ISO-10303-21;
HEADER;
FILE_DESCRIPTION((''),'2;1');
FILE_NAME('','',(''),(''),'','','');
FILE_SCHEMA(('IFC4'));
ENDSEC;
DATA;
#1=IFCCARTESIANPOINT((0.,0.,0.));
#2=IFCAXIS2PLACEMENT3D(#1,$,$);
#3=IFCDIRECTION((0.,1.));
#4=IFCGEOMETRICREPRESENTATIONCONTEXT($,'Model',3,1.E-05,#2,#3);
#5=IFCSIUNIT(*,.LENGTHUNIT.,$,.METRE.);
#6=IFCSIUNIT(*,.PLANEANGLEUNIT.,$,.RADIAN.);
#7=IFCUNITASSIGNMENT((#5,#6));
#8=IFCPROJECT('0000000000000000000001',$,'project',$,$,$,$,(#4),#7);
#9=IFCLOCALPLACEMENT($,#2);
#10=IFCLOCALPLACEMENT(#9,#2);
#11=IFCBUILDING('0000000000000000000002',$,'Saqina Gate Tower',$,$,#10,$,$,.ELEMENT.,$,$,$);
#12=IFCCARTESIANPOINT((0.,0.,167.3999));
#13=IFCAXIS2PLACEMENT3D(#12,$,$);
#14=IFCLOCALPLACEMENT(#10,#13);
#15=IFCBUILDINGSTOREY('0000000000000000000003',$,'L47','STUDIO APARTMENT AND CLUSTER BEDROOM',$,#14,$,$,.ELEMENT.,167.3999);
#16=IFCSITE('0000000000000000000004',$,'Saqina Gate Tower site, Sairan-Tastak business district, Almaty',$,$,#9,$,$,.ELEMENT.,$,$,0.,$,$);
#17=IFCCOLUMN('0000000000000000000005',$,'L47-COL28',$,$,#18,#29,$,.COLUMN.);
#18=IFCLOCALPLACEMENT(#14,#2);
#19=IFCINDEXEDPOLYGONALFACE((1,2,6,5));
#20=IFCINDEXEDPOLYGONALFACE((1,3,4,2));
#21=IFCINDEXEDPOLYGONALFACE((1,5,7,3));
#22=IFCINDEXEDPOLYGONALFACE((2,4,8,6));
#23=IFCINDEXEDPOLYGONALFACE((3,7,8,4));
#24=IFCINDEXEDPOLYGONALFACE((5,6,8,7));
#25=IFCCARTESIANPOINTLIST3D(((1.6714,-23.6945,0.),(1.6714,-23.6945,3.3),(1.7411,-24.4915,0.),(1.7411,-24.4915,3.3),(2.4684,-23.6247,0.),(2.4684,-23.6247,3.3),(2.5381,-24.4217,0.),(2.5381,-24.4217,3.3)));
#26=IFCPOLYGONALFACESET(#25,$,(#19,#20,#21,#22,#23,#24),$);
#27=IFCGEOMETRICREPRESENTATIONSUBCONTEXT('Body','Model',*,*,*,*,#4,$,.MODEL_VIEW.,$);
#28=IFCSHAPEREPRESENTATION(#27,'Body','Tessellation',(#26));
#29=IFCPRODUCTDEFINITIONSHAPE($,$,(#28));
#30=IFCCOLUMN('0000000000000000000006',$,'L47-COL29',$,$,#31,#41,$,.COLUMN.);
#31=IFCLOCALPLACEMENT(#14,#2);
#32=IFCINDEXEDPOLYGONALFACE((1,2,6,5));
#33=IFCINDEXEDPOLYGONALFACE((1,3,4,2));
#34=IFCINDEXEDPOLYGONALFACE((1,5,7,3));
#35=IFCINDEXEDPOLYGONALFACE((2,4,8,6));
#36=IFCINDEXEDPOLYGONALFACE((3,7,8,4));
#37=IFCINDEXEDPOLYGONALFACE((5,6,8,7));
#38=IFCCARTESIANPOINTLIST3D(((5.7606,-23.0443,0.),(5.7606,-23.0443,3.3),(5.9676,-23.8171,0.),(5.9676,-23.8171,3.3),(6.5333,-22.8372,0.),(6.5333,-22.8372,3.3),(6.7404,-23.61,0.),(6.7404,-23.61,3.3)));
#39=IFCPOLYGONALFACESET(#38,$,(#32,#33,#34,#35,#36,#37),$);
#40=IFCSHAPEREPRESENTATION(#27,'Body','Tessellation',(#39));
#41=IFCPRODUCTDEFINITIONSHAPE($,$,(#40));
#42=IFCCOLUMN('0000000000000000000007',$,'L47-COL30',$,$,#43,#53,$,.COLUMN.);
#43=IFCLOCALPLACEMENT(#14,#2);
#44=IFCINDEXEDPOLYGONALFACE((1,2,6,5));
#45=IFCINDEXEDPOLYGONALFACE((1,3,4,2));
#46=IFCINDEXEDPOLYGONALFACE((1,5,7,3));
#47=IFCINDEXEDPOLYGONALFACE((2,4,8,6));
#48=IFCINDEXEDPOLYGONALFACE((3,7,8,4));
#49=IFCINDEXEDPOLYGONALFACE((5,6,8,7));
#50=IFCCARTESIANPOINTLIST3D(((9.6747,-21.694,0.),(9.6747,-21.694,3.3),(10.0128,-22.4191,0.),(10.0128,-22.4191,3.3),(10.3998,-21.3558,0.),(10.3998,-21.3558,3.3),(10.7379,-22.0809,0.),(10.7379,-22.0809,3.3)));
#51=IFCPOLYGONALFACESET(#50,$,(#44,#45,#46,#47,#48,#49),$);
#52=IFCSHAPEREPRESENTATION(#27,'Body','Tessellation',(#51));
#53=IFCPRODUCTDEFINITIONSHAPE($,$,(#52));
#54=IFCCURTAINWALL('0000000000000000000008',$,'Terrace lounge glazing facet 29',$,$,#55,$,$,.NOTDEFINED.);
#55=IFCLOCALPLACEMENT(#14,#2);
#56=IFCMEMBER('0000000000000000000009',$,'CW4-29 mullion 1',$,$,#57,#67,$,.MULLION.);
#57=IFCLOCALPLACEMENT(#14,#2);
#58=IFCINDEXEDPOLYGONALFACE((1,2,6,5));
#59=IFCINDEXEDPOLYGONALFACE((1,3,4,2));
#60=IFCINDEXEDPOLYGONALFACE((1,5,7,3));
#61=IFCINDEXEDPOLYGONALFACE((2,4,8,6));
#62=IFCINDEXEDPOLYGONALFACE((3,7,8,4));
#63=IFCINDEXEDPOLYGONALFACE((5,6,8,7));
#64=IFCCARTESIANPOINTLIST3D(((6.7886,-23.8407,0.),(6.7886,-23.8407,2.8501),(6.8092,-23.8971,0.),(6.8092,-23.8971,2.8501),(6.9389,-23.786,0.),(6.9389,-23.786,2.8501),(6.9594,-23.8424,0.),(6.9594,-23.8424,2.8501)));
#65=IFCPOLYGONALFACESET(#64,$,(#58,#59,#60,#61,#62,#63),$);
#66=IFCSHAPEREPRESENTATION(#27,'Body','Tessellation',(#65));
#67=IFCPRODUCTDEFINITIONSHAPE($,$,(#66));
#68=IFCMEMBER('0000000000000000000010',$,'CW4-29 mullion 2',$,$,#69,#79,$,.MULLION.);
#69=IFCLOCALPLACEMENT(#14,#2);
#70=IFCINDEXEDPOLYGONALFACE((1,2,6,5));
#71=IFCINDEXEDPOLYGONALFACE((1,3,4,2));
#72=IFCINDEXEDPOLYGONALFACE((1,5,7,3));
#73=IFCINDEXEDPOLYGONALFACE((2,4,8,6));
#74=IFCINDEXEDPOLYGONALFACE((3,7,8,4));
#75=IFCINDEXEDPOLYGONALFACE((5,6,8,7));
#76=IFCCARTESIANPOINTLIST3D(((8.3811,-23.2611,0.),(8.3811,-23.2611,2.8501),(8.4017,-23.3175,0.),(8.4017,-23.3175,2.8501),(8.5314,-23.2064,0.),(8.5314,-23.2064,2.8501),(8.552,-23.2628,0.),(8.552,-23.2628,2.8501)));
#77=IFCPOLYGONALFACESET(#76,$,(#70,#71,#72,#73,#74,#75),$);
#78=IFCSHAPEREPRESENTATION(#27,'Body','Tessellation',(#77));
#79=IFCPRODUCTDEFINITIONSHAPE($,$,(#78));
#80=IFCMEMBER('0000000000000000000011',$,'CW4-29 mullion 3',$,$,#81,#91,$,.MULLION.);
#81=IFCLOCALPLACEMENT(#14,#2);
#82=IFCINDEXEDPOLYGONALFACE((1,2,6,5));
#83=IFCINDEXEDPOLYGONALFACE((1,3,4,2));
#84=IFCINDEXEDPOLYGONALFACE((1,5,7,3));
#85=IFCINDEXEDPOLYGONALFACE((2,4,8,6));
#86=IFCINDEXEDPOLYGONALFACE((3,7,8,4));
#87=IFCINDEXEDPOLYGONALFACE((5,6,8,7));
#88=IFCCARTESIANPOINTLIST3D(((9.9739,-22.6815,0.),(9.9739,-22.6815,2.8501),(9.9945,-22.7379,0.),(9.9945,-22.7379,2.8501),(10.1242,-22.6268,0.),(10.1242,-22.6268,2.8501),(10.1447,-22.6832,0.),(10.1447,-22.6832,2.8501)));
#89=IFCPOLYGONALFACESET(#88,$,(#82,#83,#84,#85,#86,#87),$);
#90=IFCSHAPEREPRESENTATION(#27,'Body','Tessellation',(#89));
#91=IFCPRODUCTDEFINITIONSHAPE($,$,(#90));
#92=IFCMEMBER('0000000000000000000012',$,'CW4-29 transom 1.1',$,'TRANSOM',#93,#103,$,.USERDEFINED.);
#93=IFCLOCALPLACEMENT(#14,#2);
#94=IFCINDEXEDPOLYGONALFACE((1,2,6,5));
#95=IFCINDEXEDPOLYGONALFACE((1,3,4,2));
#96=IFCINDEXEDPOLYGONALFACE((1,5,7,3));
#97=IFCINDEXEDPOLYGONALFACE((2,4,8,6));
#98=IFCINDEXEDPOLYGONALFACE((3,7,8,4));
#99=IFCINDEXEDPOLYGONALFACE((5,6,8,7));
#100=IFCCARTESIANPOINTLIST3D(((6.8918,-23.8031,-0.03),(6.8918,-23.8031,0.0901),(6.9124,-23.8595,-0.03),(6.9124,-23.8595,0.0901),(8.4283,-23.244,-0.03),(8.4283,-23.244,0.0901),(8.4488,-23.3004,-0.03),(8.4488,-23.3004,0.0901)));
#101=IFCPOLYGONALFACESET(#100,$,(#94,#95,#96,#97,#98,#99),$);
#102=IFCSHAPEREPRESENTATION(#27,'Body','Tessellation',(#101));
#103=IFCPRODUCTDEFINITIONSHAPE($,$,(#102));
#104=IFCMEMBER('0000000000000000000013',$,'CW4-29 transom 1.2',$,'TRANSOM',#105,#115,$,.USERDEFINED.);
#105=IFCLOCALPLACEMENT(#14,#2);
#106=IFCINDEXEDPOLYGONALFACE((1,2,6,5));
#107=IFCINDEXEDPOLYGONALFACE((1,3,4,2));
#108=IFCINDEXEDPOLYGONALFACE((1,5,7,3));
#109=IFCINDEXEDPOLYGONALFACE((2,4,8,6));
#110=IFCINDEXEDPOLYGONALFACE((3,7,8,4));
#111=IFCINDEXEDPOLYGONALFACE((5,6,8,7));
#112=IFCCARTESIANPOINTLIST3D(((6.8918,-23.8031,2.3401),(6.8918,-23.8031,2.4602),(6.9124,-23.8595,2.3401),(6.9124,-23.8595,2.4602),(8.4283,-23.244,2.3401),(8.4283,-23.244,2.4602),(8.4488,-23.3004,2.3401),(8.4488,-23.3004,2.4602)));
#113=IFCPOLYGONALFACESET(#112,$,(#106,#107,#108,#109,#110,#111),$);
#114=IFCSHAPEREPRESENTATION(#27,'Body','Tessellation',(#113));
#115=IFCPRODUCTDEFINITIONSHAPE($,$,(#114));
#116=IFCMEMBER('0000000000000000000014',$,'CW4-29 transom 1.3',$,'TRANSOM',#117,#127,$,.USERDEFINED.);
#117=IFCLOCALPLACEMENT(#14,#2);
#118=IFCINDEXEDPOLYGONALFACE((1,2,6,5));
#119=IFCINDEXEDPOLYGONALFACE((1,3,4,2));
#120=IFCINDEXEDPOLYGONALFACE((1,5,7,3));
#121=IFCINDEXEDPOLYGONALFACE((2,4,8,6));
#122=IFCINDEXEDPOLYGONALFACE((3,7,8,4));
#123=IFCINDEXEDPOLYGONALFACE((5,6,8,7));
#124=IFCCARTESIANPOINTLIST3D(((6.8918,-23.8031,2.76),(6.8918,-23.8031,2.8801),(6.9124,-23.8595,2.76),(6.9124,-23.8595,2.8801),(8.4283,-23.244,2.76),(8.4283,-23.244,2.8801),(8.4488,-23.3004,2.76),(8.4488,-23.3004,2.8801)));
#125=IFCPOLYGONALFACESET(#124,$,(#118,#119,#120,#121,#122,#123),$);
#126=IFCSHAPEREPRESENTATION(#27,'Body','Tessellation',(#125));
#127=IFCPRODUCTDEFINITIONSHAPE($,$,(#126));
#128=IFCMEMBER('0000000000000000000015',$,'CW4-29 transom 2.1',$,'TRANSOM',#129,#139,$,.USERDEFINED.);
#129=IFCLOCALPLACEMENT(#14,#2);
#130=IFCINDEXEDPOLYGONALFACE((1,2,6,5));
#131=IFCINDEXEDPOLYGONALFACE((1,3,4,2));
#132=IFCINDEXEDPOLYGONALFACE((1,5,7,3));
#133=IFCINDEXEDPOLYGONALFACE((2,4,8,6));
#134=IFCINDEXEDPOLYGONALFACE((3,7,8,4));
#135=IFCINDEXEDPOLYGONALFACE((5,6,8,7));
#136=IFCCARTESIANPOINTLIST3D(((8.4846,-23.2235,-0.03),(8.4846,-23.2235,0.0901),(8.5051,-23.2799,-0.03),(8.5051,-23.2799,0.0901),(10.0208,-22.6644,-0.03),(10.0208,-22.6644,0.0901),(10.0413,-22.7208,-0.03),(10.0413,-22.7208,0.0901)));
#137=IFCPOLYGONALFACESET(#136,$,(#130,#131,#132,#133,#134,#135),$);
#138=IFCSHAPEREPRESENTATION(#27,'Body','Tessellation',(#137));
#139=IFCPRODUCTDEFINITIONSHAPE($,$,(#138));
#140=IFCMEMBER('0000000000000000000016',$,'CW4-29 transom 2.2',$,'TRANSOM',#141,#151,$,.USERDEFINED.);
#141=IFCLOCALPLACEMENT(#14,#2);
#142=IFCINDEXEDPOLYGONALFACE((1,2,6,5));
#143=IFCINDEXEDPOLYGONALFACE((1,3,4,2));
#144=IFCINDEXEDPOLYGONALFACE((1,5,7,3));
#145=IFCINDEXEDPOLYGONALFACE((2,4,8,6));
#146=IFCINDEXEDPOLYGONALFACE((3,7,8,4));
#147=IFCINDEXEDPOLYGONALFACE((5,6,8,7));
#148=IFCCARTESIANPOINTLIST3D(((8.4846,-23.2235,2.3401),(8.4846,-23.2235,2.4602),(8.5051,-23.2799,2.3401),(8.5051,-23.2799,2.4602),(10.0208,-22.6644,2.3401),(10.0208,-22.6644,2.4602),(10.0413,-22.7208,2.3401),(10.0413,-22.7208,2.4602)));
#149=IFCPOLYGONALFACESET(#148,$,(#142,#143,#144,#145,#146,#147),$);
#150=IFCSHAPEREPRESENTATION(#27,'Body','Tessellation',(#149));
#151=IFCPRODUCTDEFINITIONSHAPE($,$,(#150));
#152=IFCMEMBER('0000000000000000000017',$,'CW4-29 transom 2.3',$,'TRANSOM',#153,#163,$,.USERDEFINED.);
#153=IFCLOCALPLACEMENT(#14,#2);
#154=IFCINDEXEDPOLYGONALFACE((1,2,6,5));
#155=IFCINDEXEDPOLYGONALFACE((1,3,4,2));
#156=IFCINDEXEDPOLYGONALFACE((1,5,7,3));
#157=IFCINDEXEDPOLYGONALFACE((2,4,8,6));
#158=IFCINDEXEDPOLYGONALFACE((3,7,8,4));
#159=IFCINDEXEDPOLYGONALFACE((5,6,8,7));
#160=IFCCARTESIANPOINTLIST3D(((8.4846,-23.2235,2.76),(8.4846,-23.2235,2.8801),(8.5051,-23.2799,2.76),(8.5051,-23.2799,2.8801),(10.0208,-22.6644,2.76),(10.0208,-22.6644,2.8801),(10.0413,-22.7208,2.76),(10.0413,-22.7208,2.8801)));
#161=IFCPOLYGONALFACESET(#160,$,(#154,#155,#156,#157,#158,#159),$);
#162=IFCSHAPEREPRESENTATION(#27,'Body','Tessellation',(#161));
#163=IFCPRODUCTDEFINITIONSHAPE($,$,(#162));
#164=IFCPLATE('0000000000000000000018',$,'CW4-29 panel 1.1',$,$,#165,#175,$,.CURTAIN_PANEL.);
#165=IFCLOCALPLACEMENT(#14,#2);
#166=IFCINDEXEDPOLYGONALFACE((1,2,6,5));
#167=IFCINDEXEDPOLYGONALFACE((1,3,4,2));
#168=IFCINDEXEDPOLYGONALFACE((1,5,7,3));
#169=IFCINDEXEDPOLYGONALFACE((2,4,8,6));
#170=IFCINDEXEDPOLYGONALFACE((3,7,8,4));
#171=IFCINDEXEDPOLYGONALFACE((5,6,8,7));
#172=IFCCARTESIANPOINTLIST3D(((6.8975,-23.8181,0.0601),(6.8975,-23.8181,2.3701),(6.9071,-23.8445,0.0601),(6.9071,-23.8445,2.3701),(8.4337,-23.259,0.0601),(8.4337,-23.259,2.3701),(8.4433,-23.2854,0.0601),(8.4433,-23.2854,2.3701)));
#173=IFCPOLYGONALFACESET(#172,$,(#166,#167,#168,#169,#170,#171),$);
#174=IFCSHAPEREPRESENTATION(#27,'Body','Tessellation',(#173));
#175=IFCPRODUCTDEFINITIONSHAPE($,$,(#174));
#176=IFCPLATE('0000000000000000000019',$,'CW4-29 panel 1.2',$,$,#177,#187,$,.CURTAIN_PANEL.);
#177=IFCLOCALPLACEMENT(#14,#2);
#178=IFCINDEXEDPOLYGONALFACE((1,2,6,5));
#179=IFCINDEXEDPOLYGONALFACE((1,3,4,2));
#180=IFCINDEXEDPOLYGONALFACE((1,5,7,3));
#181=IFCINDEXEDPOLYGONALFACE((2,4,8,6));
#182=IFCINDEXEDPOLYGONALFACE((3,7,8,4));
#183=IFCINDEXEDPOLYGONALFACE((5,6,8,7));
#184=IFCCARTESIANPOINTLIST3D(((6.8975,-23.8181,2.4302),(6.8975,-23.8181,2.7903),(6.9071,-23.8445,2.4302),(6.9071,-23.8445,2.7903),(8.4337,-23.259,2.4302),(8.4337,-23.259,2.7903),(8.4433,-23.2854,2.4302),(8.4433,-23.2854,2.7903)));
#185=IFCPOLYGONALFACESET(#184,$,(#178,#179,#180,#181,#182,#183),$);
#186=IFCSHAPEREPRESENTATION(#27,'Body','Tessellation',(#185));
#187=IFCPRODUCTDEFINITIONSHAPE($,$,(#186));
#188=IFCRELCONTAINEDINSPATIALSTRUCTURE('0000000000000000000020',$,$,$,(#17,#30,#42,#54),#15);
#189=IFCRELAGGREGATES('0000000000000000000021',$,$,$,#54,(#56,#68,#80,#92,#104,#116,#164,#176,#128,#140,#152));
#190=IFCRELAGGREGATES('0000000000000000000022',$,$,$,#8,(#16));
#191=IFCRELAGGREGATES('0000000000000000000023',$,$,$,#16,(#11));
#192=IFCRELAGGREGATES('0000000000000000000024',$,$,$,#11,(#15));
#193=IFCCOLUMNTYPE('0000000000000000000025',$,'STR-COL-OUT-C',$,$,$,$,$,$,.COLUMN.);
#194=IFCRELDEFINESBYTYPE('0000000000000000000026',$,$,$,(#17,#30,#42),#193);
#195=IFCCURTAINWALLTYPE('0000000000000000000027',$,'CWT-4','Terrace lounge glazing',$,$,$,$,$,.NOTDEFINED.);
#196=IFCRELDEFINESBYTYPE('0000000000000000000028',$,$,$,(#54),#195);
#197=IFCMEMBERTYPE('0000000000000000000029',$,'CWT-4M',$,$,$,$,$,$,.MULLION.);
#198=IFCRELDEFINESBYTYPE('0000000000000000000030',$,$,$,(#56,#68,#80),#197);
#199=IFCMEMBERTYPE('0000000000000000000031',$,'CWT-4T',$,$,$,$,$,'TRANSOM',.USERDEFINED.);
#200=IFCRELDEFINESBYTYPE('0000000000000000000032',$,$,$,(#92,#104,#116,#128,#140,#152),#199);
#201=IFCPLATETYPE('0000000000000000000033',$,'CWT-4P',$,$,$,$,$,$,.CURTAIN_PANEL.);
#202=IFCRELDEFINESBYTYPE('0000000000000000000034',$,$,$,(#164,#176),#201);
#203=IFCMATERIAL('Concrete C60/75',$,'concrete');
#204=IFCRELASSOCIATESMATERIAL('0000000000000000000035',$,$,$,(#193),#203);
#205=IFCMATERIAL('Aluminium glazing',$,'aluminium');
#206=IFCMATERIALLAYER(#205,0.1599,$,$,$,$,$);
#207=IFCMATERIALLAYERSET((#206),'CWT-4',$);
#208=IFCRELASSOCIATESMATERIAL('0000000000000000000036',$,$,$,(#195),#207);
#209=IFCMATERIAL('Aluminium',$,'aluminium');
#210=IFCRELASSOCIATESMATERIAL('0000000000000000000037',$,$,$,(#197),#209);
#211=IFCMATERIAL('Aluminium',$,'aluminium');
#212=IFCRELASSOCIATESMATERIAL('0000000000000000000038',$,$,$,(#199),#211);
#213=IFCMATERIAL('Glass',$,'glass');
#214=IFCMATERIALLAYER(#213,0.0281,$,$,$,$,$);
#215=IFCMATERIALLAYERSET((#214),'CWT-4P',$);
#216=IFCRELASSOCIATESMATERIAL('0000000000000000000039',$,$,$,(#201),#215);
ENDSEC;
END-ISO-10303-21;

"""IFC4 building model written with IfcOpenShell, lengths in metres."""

from ifc_helpers import new_model, si_unit, direction, frame, origin, origin_2d, place, context, subcontext, project, spatial, rectangle, extrude, material, layer, layer_set, material_profile, profile_set, type_object, element, aggregate, save


model = new_model("IFC4")

# Units and contexts
model_context = context("Model", 3, precision=1e-05, world=origin(), true_north=direction((0.0, 1.0)))
body_context = subcontext(model_context, "Body", "Model", "MODEL_VIEW")
ifc_project = project(units=[si_unit("LENGTHUNIT", "METRE"), si_unit("PLANEANGLEUNIT", "RADIAN")], contexts=[model_context])

# Site, building, storey
site_placement = place(None, origin())
site = spatial("IfcSite", under=ifc_project, at=site_placement, Name="Saqina Gate Tower site, Sairan-Tastak business district, Almaty", CompositionType="ELEMENT", RefElevation=0.0)
building_placement = place(site_placement, origin())
building = spatial("IfcBuilding", under=site, at=building_placement, Name="Saqina Gate Tower", CompositionType="ELEMENT")
storey_placement = place(building_placement, frame((0.0, 0.0, 167.3999)))
storey = spatial("IfcBuildingStorey", under=building, at=storey_placement, Name="L47", Description="STUDIO APARTMENT AND CLUSTER BEDROOM", CompositionType="ELEMENT", Elevation=167.3999)

# Columns
ifc_material_1 = material(Name="Concrete C60/75", Category="concrete")
ifc_material_profile_1 = material_profile(ifc_material_1, rectangle(XDim=0.8, YDim=0.8, at=origin_2d()), Name="RC 800x800")
ifc_profile_set_1 = profile_set([ifc_material_profile_1], Name="Concrete C60/75")
column_type = type_object("IfcColumnType", Name="STR-COL-OUT-C", PredefinedType="COLUMN", material=ifc_profile_set_1)
for number, where, z_axis, x_axis, name in (
    (1, (2.1047, -24.0581, 0.0), (0.0, 0.0, 1.0), (0.087156, -0.996195, 0.0), "L47-COL28"),
    (2, (6.2505, -23.3271, 0.0), (0.0, 0.0, 1.0), (0.258819, -0.965926, 0.0), "L47-COL29"),
    (3, (10.2063, -21.8875, 0.0), (0.0, 0.0, 1.0), (0.422618, -0.906308, 0.0), "L47-COL30"),
):
    element("IfcColumn", number, at=place(storey_placement, frame(where, z_axis=z_axis, x_axis=x_axis)), inside=storey, type_object=column_type, Name=name, PredefinedType="COLUMN", context=body_context, shape_type="SweptSolid", body=[
        extrude(rectangle(XDim=0.8, YDim=0.8, at=origin_2d()), origin(), (0.0, 0.0, 1.0), 3.3),
    ])

# Curtain wall, members, plates
ifc_material_2 = material(Name="Aluminium glazing", Category="aluminium")
ifc_layer_1 = layer(ifc_material_2, 0.1599)
ifc_layer_set_1 = layer_set([ifc_layer_1], Name="CWT-4")
curtain_wall_type = type_object("IfcCurtainWallType", Name="CWT-4", Description="Terrace lounge glazing", PredefinedType="NOTDEFINED", material=ifc_layer_set_1)
curtain_wall_placement = place(storey_placement, origin())
curtain_wall = element("IfcCurtainWall", 4, at=curtain_wall_placement, inside=storey, type_object=curtain_wall_type, Name="Terrace lounge glazing facet 29", PredefinedType="NOTDEFINED")
ifc_material_3 = material(Name="Aluminium", Category="aluminium")
ifc_material_profile_2 = material_profile(ifc_material_3, rectangle(XDim=0.0601, YDim=0.1599, at=origin_2d()), Name="Aluminium 60x160")
ifc_profile_set_2 = profile_set([ifc_material_profile_2], Name="Aluminium")
member_type_1 = type_object("IfcMemberType", Name="CWT-4M", PredefinedType="MULLION", material=ifc_profile_set_2)
member_1_placement = place(storey_placement, frame((6.874, -23.8416, 0.0), z_axis=(0.0, 0.0, 1.0), x_axis=(-0.342025, 0.939691, 0.0)))
member_1 = element("IfcMember", 5, at=member_1_placement, type_object=member_type_1, Name="CW4-29 mullion 1", PredefinedType="MULLION", context=body_context, shape_type="SweptSolid", body=[
    extrude(rectangle(XDim=0.0601, YDim=0.1599, at=origin_2d()), origin(), (0.0, 0.0, 1.0), 2.8501),
])
member_2_placement = place(storey_placement, frame((8.4666, -23.262, 0.0), z_axis=(0.0, 0.0, 1.0), x_axis=(-0.342025, 0.939691, 0.0)))
member_2 = element("IfcMember", 6, at=member_2_placement, type_object=member_type_1, Name="CW4-29 mullion 2", PredefinedType="MULLION", context=body_context, shape_type="SweptSolid", body=[
    extrude(rectangle(XDim=0.0601, YDim=0.1599, at=origin_2d()), origin(), (0.0, 0.0, 1.0), 2.8501),
])
member_3_placement = place(storey_placement, frame((10.0593, -22.6824, 0.0), z_axis=(0.0, 0.0, 1.0), x_axis=(-0.342025, 0.939691, 0.0)))
member_3 = element("IfcMember", 7, at=member_3_placement, type_object=member_type_1, Name="CW4-29 mullion 3", PredefinedType="MULLION", context=body_context, shape_type="SweptSolid", body=[
    extrude(rectangle(XDim=0.0601, YDim=0.1599, at=origin_2d()), origin(), (0.0, 0.0, 1.0), 2.8501),
])
ifc_material_4 = material(Name="Aluminium", Category="aluminium")
ifc_material_profile_3 = material_profile(ifc_material_4, rectangle(XDim=0.0601, YDim=0.1201, at=origin_2d()), Name="Aluminium 60x120")
ifc_profile_set_3 = profile_set([ifc_material_profile_3], Name="Aluminium")
member_type_2 = type_object("IfcMemberType", Name="CWT-4T", ElementType="TRANSOM", PredefinedType="USERDEFINED", material=ifc_profile_set_3)
member_4_placement = place(storey_placement, frame((6.9021, -23.8313, 0.03), z_axis=(0.939715, 0.341959, 0.0), x_axis=(-0.341959, 0.939715, 0.0)))
member_4 = element("IfcMember", 8, at=member_4_placement, type_object=member_type_2, Name="CW4-29 transom 1.1", ObjectType="TRANSOM", PredefinedType="USERDEFINED", context=body_context, shape_type="SweptSolid", body=[
    extrude(rectangle(XDim=0.0601, YDim=0.1201, at=origin_2d()), origin(), (0.0, 0.0, 1.0), 1.635),
])
member_5_placement = place(storey_placement, frame((6.9021, -23.8313, 2.4001), z_axis=(0.939715, 0.341959, 0.0), x_axis=(-0.341959, 0.939715, 0.0)))
member_5 = element("IfcMember", 9, at=member_5_placement, type_object=member_type_2, Name="CW4-29 transom 1.2", ObjectType="TRANSOM", PredefinedType="USERDEFINED", context=body_context, shape_type="SweptSolid", body=[
    extrude(rectangle(XDim=0.0601, YDim=0.1201, at=origin_2d()), origin(), (0.0, 0.0, 1.0), 1.635),
])
member_6_placement = place(storey_placement, frame((6.9021, -23.8313, 2.8201), z_axis=(0.939715, 0.341959, 0.0), x_axis=(-0.341959, 0.939715, 0.0)))
member_6 = element("IfcMember", 10, at=member_6_placement, type_object=member_type_2, Name="CW4-29 transom 1.3", ObjectType="TRANSOM", PredefinedType="USERDEFINED", context=body_context, shape_type="SweptSolid", body=[
    extrude(rectangle(XDim=0.0601, YDim=0.1201, at=origin_2d()), origin(), (0.0, 0.0, 1.0), 1.635),
])
member_7_placement = place(storey_placement, frame((8.4949, -23.2517, 0.03), z_axis=(0.939697, 0.342007, 0.0), x_axis=(-0.342007, 0.939697, 0.0)))
member_7 = element("IfcMember", 11, at=member_7_placement, type_object=member_type_2, Name="CW4-29 transom 2.1", ObjectType="TRANSOM", PredefinedType="USERDEFINED", context=body_context, shape_type="SweptSolid", body=[
    extrude(rectangle(XDim=0.0601, YDim=0.1201, at=origin_2d()), origin(), (0.0, 0.0, 1.0), 1.6348),
])
member_8_placement = place(storey_placement, frame((8.4949, -23.2517, 2.4001), z_axis=(0.939697, 0.342007, 0.0), x_axis=(-0.342007, 0.939697, 0.0)))
member_8 = element("IfcMember", 12, at=member_8_placement, type_object=member_type_2, Name="CW4-29 transom 2.2", ObjectType="TRANSOM", PredefinedType="USERDEFINED", context=body_context, shape_type="SweptSolid", body=[
    extrude(rectangle(XDim=0.0601, YDim=0.1201, at=origin_2d()), origin(), (0.0, 0.0, 1.0), 1.6348),
])
member_9_placement = place(storey_placement, frame((8.4949, -23.2517, 2.8201), z_axis=(0.939697, 0.342007, 0.0), x_axis=(-0.342007, 0.939697, 0.0)))
member_9 = element("IfcMember", 13, at=member_9_placement, type_object=member_type_2, Name="CW4-29 transom 2.3", ObjectType="TRANSOM", PredefinedType="USERDEFINED", context=body_context, shape_type="SweptSolid", body=[
    extrude(rectangle(XDim=0.0601, YDim=0.1201, at=origin_2d()), origin(), (0.0, 0.0, 1.0), 1.6348),
])
ifc_material_5 = material(Name="Glass", Category="glass")
ifc_layer_2 = layer(ifc_material_5, 0.0281)
ifc_layer_set_2 = layer_set([ifc_layer_2], Name="CWT-4P")
plate_type = type_object("IfcPlateType", Name="CWT-4P", PredefinedType="CURTAIN_PANEL", material=ifc_layer_set_2)
plate_1_placement = place(storey_placement, frame((7.6704, -23.5518, 0.0601), z_axis=(0.0, 0.0, 1.0), x_axis=(0.939691, 0.342025, 0.0)))
plate_1 = element("IfcPlate", 14, at=plate_1_placement, type_object=plate_type, Name="CW4-29 panel 1.1", PredefinedType="CURTAIN_PANEL", context=body_context, shape_type="SweptSolid", body=[
    extrude(rectangle(XDim=1.6348, YDim=0.0281, at=origin_2d()), origin(), (0.0, 0.0, 1.0), 2.3101),
])
plate_2_placement = place(storey_placement, frame((7.6704, -23.5518, 2.4302), z_axis=(0.0, 0.0, 1.0), x_axis=(0.939691, 0.342025, 0.0)))
plate_2 = element("IfcPlate", 15, at=plate_2_placement, type_object=plate_type, Name="CW4-29 panel 1.2", PredefinedType="CURTAIN_PANEL", context=body_context, shape_type="SweptSolid", body=[
    extrude(rectangle(XDim=1.6348, YDim=0.0281, at=origin_2d()), origin(), (0.0, 0.0, 1.0), 0.3601),
])
aggregate(curtain_wall, [member_1, member_2, member_3, member_4, member_5, member_6, plate_1, plate_2, member_7, member_8, member_9])

save(model, "model.ifc")
